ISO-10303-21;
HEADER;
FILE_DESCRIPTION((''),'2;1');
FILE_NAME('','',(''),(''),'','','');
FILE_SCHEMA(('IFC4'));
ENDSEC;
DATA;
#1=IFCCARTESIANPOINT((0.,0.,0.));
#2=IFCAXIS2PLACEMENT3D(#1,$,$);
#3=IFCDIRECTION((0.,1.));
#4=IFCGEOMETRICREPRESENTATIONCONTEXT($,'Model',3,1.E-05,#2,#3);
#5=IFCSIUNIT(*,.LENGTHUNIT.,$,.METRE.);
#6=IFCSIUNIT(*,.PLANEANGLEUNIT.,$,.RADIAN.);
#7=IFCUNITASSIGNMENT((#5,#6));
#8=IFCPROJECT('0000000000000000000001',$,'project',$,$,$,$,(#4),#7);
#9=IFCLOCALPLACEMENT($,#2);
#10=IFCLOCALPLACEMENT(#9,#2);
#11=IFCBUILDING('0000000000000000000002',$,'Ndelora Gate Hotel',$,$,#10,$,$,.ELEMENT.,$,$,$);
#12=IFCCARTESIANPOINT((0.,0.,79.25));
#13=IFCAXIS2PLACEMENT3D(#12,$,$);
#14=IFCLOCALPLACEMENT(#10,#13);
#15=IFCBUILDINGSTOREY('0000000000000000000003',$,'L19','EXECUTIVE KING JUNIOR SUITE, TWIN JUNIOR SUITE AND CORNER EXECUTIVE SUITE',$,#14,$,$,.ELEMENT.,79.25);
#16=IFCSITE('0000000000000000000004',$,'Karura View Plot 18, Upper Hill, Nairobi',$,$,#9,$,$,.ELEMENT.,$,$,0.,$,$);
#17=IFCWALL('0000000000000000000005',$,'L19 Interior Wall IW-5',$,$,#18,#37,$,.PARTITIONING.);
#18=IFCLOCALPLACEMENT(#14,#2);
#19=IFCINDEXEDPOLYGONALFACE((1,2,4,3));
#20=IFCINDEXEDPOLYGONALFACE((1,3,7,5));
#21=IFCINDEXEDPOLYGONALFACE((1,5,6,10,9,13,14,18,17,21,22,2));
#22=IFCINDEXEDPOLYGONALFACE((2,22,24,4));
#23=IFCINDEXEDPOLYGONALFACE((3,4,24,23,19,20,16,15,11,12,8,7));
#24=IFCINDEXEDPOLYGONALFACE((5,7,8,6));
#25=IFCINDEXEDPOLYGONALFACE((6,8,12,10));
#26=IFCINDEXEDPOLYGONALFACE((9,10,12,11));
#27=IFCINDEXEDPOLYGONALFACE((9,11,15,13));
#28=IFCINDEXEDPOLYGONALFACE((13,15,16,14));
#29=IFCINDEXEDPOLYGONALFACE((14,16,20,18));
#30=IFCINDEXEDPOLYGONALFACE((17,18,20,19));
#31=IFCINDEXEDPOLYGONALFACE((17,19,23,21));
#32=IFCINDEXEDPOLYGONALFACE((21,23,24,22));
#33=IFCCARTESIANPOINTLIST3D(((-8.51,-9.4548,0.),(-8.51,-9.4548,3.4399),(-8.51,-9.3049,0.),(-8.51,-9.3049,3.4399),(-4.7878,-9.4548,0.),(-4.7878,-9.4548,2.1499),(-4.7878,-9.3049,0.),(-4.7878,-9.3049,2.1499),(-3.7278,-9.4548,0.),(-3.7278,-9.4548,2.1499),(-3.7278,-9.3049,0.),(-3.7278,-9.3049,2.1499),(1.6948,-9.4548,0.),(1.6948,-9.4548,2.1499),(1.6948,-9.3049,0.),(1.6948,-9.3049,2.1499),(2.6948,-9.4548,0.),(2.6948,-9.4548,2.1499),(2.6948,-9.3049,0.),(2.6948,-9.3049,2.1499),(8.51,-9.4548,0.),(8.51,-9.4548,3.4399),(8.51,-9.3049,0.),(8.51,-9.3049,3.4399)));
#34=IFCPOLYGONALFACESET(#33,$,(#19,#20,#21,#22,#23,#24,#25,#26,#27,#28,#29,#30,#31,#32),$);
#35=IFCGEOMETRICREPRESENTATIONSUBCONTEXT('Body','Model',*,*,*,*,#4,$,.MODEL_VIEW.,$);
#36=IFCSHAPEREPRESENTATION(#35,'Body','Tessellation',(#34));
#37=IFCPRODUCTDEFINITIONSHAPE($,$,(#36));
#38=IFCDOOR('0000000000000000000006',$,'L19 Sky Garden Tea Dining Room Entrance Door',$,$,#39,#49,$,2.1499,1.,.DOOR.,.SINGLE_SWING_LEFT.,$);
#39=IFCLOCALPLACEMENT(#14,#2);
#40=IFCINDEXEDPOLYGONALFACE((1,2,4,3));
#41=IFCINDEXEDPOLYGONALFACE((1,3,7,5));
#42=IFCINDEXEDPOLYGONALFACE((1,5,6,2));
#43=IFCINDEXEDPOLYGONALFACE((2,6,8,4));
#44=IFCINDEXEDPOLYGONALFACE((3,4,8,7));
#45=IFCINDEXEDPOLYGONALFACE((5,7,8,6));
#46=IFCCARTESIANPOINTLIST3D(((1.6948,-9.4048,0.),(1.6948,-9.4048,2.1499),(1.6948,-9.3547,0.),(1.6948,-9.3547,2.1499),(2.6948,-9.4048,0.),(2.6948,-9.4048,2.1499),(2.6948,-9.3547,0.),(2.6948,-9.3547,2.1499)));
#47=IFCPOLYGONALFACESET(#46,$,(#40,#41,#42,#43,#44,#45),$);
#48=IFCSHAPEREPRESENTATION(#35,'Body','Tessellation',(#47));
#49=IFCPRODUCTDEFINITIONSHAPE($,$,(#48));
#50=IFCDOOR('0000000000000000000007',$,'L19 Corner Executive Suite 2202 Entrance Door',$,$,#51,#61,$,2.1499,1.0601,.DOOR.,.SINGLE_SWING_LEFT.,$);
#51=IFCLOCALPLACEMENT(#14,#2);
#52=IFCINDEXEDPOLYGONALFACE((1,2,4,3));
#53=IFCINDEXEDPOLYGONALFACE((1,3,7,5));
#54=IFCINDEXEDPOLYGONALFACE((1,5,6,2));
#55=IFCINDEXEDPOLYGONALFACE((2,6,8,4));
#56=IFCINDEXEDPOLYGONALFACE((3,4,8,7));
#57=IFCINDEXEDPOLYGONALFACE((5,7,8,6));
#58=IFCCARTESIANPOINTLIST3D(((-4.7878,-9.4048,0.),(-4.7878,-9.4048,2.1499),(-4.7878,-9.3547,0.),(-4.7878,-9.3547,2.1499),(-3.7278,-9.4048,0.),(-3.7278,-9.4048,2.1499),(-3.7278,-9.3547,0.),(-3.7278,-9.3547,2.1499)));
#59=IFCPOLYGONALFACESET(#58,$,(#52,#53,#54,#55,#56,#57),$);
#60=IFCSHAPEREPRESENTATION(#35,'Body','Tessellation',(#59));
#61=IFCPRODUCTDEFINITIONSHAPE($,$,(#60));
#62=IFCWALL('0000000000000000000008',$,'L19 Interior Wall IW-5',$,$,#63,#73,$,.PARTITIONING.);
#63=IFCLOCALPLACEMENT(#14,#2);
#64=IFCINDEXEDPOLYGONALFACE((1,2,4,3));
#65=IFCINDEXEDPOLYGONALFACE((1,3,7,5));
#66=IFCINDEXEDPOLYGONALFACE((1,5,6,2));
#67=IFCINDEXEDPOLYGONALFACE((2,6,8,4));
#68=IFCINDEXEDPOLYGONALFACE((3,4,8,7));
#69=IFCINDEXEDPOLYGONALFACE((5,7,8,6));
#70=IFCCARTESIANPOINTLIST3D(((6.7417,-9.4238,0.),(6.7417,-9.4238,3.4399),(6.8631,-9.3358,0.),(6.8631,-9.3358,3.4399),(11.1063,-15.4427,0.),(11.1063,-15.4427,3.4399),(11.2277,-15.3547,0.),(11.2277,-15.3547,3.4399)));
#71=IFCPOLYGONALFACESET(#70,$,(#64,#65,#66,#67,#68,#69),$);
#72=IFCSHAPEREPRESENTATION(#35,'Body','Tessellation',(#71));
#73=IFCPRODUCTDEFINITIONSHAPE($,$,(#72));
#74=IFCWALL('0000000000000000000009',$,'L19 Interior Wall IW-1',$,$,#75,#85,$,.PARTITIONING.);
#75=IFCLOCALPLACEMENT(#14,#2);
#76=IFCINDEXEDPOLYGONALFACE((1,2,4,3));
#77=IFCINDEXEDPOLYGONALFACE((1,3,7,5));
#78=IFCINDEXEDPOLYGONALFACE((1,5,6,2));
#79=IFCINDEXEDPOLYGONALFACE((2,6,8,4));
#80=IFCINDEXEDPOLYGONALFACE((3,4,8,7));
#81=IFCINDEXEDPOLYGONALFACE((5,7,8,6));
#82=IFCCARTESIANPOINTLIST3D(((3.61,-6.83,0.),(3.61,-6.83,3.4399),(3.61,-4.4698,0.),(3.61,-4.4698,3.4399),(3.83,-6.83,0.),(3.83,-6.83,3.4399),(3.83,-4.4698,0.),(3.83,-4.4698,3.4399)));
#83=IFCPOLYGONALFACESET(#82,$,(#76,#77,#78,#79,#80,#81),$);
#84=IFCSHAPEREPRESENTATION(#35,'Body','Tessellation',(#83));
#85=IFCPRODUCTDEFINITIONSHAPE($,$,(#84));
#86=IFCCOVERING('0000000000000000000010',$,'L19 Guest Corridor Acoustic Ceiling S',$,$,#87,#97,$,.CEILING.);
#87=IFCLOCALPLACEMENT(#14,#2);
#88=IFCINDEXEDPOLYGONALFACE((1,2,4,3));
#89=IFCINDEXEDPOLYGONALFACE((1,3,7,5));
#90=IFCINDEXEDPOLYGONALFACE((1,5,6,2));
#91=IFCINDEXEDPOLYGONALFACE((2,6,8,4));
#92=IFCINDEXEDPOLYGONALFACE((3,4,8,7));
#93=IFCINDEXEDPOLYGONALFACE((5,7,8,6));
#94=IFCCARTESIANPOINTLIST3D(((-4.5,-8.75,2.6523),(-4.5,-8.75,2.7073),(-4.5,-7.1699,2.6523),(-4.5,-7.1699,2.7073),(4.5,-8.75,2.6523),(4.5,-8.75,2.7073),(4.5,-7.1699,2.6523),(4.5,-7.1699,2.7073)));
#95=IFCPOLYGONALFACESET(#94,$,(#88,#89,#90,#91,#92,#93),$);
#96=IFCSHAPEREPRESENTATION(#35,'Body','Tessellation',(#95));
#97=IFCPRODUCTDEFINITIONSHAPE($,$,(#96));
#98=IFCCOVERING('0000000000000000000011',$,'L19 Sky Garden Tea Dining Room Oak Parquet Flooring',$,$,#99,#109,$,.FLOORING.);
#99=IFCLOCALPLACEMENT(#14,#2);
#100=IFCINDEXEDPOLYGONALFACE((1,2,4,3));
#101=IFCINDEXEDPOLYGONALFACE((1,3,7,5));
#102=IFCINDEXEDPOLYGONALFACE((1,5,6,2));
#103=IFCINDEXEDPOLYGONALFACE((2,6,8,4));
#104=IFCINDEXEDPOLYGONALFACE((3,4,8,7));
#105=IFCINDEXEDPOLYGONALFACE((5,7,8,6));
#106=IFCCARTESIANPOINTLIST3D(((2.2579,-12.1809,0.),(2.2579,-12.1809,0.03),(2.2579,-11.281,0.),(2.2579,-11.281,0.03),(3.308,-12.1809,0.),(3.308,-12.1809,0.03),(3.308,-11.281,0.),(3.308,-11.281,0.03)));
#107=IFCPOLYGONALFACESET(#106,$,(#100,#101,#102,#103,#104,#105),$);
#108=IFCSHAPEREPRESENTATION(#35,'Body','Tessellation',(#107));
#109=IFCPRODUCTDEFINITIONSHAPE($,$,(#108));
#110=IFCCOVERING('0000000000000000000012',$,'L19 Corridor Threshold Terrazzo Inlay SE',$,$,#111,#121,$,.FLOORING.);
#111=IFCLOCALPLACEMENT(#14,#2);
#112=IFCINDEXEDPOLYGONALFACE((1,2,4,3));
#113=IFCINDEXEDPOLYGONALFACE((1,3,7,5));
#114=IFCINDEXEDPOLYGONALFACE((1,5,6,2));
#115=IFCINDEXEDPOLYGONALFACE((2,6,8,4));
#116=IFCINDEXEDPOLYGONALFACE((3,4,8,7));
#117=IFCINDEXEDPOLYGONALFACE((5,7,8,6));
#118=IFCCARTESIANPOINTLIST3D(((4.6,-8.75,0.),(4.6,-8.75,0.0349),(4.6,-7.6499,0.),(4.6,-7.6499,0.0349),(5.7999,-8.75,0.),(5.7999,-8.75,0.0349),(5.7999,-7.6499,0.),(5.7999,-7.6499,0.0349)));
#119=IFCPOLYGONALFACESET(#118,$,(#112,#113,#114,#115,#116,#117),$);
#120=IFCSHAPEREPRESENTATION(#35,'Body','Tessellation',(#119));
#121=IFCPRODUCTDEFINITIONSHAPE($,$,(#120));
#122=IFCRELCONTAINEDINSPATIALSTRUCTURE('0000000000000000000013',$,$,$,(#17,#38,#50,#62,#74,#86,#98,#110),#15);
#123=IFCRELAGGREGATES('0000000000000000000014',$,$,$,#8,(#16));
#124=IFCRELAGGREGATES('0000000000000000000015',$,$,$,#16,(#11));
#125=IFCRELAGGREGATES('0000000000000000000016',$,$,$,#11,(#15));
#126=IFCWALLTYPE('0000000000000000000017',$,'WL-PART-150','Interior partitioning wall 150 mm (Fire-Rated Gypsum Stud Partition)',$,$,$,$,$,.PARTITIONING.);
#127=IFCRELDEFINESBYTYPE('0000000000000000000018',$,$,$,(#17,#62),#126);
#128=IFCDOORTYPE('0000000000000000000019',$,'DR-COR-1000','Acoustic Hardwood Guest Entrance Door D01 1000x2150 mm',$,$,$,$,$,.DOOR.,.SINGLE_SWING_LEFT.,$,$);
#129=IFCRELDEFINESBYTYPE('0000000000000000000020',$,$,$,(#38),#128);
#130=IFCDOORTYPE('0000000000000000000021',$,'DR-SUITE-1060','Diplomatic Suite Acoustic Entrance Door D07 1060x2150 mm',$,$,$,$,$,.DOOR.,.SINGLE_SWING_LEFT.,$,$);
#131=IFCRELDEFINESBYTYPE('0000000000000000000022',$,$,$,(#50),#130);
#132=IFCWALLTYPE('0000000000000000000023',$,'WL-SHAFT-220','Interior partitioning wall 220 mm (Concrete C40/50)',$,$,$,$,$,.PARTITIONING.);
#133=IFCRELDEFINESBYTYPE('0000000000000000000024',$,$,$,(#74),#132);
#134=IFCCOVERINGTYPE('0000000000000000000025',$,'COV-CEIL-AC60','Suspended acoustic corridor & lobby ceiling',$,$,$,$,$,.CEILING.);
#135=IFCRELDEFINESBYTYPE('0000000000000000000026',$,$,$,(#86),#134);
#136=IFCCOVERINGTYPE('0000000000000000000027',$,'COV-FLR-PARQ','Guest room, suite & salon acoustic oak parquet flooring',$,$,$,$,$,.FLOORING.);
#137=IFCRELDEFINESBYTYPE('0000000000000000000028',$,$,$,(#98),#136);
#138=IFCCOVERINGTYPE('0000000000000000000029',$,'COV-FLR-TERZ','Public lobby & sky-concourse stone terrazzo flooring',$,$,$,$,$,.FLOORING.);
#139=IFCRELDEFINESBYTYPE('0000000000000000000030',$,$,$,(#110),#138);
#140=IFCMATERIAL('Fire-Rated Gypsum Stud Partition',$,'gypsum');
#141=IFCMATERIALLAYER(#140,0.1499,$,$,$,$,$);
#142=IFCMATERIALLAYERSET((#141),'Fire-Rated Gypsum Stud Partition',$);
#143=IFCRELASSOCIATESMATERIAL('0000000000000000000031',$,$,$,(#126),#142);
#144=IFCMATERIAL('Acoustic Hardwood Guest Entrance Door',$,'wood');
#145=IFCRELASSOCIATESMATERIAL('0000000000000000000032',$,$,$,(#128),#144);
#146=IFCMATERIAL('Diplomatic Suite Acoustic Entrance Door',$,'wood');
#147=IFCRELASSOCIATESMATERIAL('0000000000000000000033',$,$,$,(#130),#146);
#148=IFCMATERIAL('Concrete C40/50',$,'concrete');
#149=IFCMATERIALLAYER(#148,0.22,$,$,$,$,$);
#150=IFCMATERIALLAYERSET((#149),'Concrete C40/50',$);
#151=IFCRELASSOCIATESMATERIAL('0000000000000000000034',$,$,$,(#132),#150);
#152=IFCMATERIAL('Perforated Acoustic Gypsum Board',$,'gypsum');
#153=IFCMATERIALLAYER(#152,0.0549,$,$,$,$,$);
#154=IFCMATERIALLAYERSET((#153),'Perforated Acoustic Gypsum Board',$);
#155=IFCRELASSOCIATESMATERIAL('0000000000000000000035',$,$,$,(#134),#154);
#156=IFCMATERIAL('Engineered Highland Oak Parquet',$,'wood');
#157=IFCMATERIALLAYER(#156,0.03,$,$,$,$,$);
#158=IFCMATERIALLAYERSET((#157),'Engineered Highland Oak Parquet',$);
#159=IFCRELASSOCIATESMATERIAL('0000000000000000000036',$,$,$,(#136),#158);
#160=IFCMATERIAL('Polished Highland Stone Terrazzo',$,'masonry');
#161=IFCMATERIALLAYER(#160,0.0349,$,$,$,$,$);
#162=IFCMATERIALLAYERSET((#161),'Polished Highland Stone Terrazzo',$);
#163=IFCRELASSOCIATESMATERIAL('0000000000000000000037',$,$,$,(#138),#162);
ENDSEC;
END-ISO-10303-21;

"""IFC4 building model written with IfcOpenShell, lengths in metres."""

from ifc_helpers import new_model, si_unit, direction, frame, frame_2d, origin, origin_2d, place, context, subcontext, project, spatial, rectangle, extrude, material, layer, layer_set, type_object, element, fill, save


model = new_model("IFC4")

# Units and contexts
model_context = context("Model", 3, precision=1e-05, world=origin(), true_north=direction((0.0, 1.0)))
body_context = subcontext(model_context, "Body", "Model", "MODEL_VIEW")
ifc_project = project(units=[si_unit("LENGTHUNIT", "METRE"), si_unit("PLANEANGLEUNIT", "RADIAN")], contexts=[model_context])

# Site, building, storey
site_placement = place(None, origin())
site = spatial("IfcSite", under=ifc_project, at=site_placement, Name="Karura View Plot 18, Upper Hill, Nairobi", CompositionType="ELEMENT", RefElevation=0.0)
building_placement = place(site_placement, origin())
building = spatial("IfcBuilding", under=site, at=building_placement, Name="Ndelora Gate Hotel", CompositionType="ELEMENT")
storey_placement = place(building_placement, frame((0.0, 0.0, 79.25)))
storey = spatial("IfcBuildingStorey", under=building, at=storey_placement, Name="L19", Description="EXECUTIVE KING JUNIOR SUITE, TWIN JUNIOR SUITE AND CORNER EXECUTIVE SUITE", CompositionType="ELEMENT", Elevation=79.25)

# Shared definitions
ifc_material_1 = material(Name="Concrete C40/50", Category="concrete")

# Wall, openings, doors
ifc_material_2 = material(Name="Fire-Rated Gypsum Stud Partition", Category="gypsum")
ifc_layer_1 = layer(ifc_material_2, 0.1499)
ifc_layer_set_1 = layer_set([ifc_layer_1], Name="Fire-Rated Gypsum Stud Partition")
wall_type_1 = type_object("IfcWallType", Name="WL-PART-150", Description="Interior partitioning wall 150 mm (Fire-Rated Gypsum Stud Partition)", PredefinedType="PARTITIONING", material=ifc_layer_set_1)
wall_1_placement = place(storey_placement, frame((8.51, -9.3799, 0.0), z_axis=(0.0, 0.0, 1.0), x_axis=(-1.0, 0.0, 0.0)))
wall_1 = element("IfcWall", 1, at=wall_1_placement, inside=storey, type_object=wall_type_1, Name="L19 Interior Wall IW-5", PredefinedType="PARTITIONING", context=body_context, shape_type="SweptSolid", body=[
    extrude(rectangle(XDim=17.02, YDim=0.1499, at=frame_2d((8.51, 0.0))), origin(), (0.0, 0.0, 1.0), 3.4399),
])
opening_1_placement = place(wall_1_placement, frame((5.8152, 0.0, 0.0)))
opening_1 = element("IfcOpeningElement", 2, at=opening_1_placement, cuts=wall_1, PredefinedType="OPENING", context=body_context, shape_type="SweptSolid", body=[
    extrude(rectangle(XDim=1.0, YDim=2.1499, at=frame_2d((0.5, 1.075))), frame((0.0, 0.085, 0.0), z_axis=(0.0, -1.0, 0.0), x_axis=(1.0, 0.0, 0.0)), (0.0, 0.0, 1.0), 0.1699),
])
opening_2_placement = place(wall_1_placement, frame((12.2378, 0.0, 0.0)))
opening_2 = element("IfcOpeningElement", 3, at=opening_2_placement, cuts=wall_1, PredefinedType="OPENING", context=body_context, shape_type="SweptSolid", body=[
    extrude(rectangle(XDim=1.0601, YDim=2.1499, at=frame_2d((0.53, 1.075))), frame((0.0, 0.085, 0.0), z_axis=(0.0, -1.0, 0.0), x_axis=(1.0, 0.0, 0.0)), (0.0, 0.0, 1.0), 0.1699),
])
ifc_material_3 = material(Name="Acoustic Hardwood Guest Entrance Door", Category="wood")
door_type_1 = type_object("IfcDoorType", Name="DR-COR-1000", Description="Acoustic Hardwood Guest Entrance Door D01 1000x2150 mm", OperationType="SINGLE_SWING_LEFT", PredefinedType="DOOR", material=ifc_material_3)
door_1_placement = place(opening_1_placement, origin())
door_1 = element("IfcDoor", 4, at=door_1_placement, inside=storey, type_object=door_type_1, Name="L19 Sky Garden Tea Dining Room Entrance Door", OperationType="SINGLE_SWING_LEFT", OverallHeight=2.1499, OverallWidth=1.0, PredefinedType="DOOR", context=body_context, shape_type="SweptSolid", body=[
    extrude(rectangle(XDim=1.0, YDim=2.1499, at=frame_2d((0.5, 1.075))), frame((0.0, 0.0249, 0.0), z_axis=(0.0, -1.0, 0.0), x_axis=(1.0, 0.0, 0.0)), (0.0, 0.0, 1.0), 0.05),
])
fill(opening_1, door_1)
ifc_material_4 = material(Name="Diplomatic Suite Acoustic Entrance Door", Category="wood")
door_type_2 = type_object("IfcDoorType", Name="DR-SUITE-1060", Description="Diplomatic Suite Acoustic Entrance Door D07 1060x2150 mm", OperationType="SINGLE_SWING_LEFT", PredefinedType="DOOR", material=ifc_material_4)
door_2_placement = place(opening_2_placement, origin())
door_2 = element("IfcDoor", 5, at=door_2_placement, inside=storey, type_object=door_type_2, Name="L19 Corner Executive Suite 2202 Entrance Door", OperationType="SINGLE_SWING_LEFT", OverallHeight=2.1499, OverallWidth=1.0601, PredefinedType="DOOR", context=body_context, shape_type="SweptSolid", body=[
    extrude(rectangle(XDim=1.0601, YDim=2.1499, at=frame_2d((0.53, 1.075))), frame((0.0, 0.0249, 0.0), z_axis=(0.0, -1.0, 0.0), x_axis=(1.0, 0.0, 0.0)), (0.0, 0.0, 1.0), 0.05),
])
fill(opening_2, door_2)

# Walls
wall_2_placement = place(storey_placement, frame((6.8025, -9.3799, 0.0), z_axis=(0.0, 0.0, 1.0), x_axis=(0.587045, -0.809555, 0.0)))
element("IfcWall", 6, at=wall_2_placement, inside=storey, type_object=wall_type_1, Name="L19 Interior Wall IW-5", PredefinedType="PARTITIONING", context=body_context, shape_type="SweptSolid", body=[
    extrude(rectangle(XDim=7.4348, YDim=0.1499, at=frame_2d((3.7173, 0.0))), origin(), (0.0, 0.0, 1.0), 3.4399),
])
ifc_layer_2 = layer(ifc_material_1, 0.22)
ifc_layer_set_2 = layer_set([ifc_layer_2], Name="Concrete C40/50")
wall_type_2 = type_object("IfcWallType", Name="WL-SHAFT-220", Description="Interior partitioning wall 220 mm (Concrete C40/50)", PredefinedType="PARTITIONING", material=ifc_layer_set_2)
wall_3_placement = place(storey_placement, frame((3.72, -6.8301, 0.0), z_axis=(0.0, 0.0, 1.0), x_axis=(0.0, 1.0, 0.0)))
element("IfcWall", 7, at=wall_3_placement, inside=storey, type_object=wall_type_2, Name="L19 Interior Wall IW-1", PredefinedType="PARTITIONING", context=body_context, shape_type="SweptSolid", body=[
    extrude(rectangle(XDim=2.3601, YDim=0.22, at=frame_2d((1.1802, 0.0))), origin(), (0.0, 0.0, 1.0), 3.4399),
])

# Coverings
ifc_material_5 = material(Name="Perforated Acoustic Gypsum Board", Category="gypsum")
ifc_layer_3 = layer(ifc_material_5, 0.0549)
ifc_layer_set_3 = layer_set([ifc_layer_3], Name="Perforated Acoustic Gypsum Board")
covering_type_1 = type_object("IfcCoveringType", Name="COV-CEIL-AC60", Description="Suspended acoustic corridor & lobby ceiling", PredefinedType="CEILING", material=ifc_layer_set_3)
covering_1_placement = place(storey_placement, frame((0.0, -7.96, 2.6523), z_axis=(0.0, 0.0, 1.0), x_axis=(1.0, 0.0, 0.0)))
element("IfcCovering", 8, at=covering_1_placement, inside=storey, type_object=covering_type_1, Name="L19 Guest Corridor Acoustic Ceiling S", PredefinedType="CEILING", context=body_context, shape_type="SweptSolid", body=[
    extrude(rectangle(XDim=9.0, YDim=1.5801, at=origin_2d()), origin(), (0.0, 0.0, 1.0), 0.0549),
])
ifc_material_6 = material(Name="Engineered Highland Oak Parquet", Category="wood")
ifc_layer_4 = layer(ifc_material_6, 0.03)
ifc_layer_set_4 = layer_set([ifc_layer_4], Name="Engineered Highland Oak Parquet")
covering_type_2 = type_object("IfcCoveringType", Name="COV-FLR-PARQ", Description="Guest room, suite & salon acoustic oak parquet flooring", PredefinedType="FLOORING", material=ifc_layer_set_4)
covering_2_placement = place(storey_placement, frame((2.783, -11.731, 0.0), z_axis=(0.0, 0.0, 1.0), x_axis=(1.0, 0.0, 0.0)))
element("IfcCovering", 9, at=covering_2_placement, inside=storey, type_object=covering_type_2, Name="L19 Sky Garden Tea Dining Room Oak Parquet Flooring", PredefinedType="FLOORING", context=body_context, shape_type="SweptSolid", body=[
    extrude(rectangle(XDim=1.05, YDim=0.8999, at=origin_2d()), origin(), (0.0, 0.0, 1.0), 0.03),
])
ifc_material_7 = material(Name="Polished Highland Stone Terrazzo", Category="masonry")
ifc_layer_5 = layer(ifc_material_7, 0.0349)
ifc_layer_set_5 = layer_set([ifc_layer_5], Name="Polished Highland Stone Terrazzo")
covering_type_3 = type_object("IfcCoveringType", Name="COV-FLR-TERZ", Description="Public lobby & sky-concourse stone terrazzo flooring", PredefinedType="FLOORING", material=ifc_layer_set_5)
covering_3_placement = place(storey_placement, frame((5.2, -8.2, 0.0), z_axis=(0.0, 0.0, 1.0), x_axis=(1.0, 0.0, 0.0)))
element("IfcCovering", 10, at=covering_3_placement, inside=storey, type_object=covering_type_3, Name="L19 Corridor Threshold Terrazzo Inlay SE", PredefinedType="FLOORING", context=body_context, shape_type="SweptSolid", body=[
    extrude(rectangle(XDim=1.2, YDim=1.1001, at=origin_2d()), origin(), (0.0, 0.0, 1.0), 0.0349),
])

save(model, "model.ifc")
